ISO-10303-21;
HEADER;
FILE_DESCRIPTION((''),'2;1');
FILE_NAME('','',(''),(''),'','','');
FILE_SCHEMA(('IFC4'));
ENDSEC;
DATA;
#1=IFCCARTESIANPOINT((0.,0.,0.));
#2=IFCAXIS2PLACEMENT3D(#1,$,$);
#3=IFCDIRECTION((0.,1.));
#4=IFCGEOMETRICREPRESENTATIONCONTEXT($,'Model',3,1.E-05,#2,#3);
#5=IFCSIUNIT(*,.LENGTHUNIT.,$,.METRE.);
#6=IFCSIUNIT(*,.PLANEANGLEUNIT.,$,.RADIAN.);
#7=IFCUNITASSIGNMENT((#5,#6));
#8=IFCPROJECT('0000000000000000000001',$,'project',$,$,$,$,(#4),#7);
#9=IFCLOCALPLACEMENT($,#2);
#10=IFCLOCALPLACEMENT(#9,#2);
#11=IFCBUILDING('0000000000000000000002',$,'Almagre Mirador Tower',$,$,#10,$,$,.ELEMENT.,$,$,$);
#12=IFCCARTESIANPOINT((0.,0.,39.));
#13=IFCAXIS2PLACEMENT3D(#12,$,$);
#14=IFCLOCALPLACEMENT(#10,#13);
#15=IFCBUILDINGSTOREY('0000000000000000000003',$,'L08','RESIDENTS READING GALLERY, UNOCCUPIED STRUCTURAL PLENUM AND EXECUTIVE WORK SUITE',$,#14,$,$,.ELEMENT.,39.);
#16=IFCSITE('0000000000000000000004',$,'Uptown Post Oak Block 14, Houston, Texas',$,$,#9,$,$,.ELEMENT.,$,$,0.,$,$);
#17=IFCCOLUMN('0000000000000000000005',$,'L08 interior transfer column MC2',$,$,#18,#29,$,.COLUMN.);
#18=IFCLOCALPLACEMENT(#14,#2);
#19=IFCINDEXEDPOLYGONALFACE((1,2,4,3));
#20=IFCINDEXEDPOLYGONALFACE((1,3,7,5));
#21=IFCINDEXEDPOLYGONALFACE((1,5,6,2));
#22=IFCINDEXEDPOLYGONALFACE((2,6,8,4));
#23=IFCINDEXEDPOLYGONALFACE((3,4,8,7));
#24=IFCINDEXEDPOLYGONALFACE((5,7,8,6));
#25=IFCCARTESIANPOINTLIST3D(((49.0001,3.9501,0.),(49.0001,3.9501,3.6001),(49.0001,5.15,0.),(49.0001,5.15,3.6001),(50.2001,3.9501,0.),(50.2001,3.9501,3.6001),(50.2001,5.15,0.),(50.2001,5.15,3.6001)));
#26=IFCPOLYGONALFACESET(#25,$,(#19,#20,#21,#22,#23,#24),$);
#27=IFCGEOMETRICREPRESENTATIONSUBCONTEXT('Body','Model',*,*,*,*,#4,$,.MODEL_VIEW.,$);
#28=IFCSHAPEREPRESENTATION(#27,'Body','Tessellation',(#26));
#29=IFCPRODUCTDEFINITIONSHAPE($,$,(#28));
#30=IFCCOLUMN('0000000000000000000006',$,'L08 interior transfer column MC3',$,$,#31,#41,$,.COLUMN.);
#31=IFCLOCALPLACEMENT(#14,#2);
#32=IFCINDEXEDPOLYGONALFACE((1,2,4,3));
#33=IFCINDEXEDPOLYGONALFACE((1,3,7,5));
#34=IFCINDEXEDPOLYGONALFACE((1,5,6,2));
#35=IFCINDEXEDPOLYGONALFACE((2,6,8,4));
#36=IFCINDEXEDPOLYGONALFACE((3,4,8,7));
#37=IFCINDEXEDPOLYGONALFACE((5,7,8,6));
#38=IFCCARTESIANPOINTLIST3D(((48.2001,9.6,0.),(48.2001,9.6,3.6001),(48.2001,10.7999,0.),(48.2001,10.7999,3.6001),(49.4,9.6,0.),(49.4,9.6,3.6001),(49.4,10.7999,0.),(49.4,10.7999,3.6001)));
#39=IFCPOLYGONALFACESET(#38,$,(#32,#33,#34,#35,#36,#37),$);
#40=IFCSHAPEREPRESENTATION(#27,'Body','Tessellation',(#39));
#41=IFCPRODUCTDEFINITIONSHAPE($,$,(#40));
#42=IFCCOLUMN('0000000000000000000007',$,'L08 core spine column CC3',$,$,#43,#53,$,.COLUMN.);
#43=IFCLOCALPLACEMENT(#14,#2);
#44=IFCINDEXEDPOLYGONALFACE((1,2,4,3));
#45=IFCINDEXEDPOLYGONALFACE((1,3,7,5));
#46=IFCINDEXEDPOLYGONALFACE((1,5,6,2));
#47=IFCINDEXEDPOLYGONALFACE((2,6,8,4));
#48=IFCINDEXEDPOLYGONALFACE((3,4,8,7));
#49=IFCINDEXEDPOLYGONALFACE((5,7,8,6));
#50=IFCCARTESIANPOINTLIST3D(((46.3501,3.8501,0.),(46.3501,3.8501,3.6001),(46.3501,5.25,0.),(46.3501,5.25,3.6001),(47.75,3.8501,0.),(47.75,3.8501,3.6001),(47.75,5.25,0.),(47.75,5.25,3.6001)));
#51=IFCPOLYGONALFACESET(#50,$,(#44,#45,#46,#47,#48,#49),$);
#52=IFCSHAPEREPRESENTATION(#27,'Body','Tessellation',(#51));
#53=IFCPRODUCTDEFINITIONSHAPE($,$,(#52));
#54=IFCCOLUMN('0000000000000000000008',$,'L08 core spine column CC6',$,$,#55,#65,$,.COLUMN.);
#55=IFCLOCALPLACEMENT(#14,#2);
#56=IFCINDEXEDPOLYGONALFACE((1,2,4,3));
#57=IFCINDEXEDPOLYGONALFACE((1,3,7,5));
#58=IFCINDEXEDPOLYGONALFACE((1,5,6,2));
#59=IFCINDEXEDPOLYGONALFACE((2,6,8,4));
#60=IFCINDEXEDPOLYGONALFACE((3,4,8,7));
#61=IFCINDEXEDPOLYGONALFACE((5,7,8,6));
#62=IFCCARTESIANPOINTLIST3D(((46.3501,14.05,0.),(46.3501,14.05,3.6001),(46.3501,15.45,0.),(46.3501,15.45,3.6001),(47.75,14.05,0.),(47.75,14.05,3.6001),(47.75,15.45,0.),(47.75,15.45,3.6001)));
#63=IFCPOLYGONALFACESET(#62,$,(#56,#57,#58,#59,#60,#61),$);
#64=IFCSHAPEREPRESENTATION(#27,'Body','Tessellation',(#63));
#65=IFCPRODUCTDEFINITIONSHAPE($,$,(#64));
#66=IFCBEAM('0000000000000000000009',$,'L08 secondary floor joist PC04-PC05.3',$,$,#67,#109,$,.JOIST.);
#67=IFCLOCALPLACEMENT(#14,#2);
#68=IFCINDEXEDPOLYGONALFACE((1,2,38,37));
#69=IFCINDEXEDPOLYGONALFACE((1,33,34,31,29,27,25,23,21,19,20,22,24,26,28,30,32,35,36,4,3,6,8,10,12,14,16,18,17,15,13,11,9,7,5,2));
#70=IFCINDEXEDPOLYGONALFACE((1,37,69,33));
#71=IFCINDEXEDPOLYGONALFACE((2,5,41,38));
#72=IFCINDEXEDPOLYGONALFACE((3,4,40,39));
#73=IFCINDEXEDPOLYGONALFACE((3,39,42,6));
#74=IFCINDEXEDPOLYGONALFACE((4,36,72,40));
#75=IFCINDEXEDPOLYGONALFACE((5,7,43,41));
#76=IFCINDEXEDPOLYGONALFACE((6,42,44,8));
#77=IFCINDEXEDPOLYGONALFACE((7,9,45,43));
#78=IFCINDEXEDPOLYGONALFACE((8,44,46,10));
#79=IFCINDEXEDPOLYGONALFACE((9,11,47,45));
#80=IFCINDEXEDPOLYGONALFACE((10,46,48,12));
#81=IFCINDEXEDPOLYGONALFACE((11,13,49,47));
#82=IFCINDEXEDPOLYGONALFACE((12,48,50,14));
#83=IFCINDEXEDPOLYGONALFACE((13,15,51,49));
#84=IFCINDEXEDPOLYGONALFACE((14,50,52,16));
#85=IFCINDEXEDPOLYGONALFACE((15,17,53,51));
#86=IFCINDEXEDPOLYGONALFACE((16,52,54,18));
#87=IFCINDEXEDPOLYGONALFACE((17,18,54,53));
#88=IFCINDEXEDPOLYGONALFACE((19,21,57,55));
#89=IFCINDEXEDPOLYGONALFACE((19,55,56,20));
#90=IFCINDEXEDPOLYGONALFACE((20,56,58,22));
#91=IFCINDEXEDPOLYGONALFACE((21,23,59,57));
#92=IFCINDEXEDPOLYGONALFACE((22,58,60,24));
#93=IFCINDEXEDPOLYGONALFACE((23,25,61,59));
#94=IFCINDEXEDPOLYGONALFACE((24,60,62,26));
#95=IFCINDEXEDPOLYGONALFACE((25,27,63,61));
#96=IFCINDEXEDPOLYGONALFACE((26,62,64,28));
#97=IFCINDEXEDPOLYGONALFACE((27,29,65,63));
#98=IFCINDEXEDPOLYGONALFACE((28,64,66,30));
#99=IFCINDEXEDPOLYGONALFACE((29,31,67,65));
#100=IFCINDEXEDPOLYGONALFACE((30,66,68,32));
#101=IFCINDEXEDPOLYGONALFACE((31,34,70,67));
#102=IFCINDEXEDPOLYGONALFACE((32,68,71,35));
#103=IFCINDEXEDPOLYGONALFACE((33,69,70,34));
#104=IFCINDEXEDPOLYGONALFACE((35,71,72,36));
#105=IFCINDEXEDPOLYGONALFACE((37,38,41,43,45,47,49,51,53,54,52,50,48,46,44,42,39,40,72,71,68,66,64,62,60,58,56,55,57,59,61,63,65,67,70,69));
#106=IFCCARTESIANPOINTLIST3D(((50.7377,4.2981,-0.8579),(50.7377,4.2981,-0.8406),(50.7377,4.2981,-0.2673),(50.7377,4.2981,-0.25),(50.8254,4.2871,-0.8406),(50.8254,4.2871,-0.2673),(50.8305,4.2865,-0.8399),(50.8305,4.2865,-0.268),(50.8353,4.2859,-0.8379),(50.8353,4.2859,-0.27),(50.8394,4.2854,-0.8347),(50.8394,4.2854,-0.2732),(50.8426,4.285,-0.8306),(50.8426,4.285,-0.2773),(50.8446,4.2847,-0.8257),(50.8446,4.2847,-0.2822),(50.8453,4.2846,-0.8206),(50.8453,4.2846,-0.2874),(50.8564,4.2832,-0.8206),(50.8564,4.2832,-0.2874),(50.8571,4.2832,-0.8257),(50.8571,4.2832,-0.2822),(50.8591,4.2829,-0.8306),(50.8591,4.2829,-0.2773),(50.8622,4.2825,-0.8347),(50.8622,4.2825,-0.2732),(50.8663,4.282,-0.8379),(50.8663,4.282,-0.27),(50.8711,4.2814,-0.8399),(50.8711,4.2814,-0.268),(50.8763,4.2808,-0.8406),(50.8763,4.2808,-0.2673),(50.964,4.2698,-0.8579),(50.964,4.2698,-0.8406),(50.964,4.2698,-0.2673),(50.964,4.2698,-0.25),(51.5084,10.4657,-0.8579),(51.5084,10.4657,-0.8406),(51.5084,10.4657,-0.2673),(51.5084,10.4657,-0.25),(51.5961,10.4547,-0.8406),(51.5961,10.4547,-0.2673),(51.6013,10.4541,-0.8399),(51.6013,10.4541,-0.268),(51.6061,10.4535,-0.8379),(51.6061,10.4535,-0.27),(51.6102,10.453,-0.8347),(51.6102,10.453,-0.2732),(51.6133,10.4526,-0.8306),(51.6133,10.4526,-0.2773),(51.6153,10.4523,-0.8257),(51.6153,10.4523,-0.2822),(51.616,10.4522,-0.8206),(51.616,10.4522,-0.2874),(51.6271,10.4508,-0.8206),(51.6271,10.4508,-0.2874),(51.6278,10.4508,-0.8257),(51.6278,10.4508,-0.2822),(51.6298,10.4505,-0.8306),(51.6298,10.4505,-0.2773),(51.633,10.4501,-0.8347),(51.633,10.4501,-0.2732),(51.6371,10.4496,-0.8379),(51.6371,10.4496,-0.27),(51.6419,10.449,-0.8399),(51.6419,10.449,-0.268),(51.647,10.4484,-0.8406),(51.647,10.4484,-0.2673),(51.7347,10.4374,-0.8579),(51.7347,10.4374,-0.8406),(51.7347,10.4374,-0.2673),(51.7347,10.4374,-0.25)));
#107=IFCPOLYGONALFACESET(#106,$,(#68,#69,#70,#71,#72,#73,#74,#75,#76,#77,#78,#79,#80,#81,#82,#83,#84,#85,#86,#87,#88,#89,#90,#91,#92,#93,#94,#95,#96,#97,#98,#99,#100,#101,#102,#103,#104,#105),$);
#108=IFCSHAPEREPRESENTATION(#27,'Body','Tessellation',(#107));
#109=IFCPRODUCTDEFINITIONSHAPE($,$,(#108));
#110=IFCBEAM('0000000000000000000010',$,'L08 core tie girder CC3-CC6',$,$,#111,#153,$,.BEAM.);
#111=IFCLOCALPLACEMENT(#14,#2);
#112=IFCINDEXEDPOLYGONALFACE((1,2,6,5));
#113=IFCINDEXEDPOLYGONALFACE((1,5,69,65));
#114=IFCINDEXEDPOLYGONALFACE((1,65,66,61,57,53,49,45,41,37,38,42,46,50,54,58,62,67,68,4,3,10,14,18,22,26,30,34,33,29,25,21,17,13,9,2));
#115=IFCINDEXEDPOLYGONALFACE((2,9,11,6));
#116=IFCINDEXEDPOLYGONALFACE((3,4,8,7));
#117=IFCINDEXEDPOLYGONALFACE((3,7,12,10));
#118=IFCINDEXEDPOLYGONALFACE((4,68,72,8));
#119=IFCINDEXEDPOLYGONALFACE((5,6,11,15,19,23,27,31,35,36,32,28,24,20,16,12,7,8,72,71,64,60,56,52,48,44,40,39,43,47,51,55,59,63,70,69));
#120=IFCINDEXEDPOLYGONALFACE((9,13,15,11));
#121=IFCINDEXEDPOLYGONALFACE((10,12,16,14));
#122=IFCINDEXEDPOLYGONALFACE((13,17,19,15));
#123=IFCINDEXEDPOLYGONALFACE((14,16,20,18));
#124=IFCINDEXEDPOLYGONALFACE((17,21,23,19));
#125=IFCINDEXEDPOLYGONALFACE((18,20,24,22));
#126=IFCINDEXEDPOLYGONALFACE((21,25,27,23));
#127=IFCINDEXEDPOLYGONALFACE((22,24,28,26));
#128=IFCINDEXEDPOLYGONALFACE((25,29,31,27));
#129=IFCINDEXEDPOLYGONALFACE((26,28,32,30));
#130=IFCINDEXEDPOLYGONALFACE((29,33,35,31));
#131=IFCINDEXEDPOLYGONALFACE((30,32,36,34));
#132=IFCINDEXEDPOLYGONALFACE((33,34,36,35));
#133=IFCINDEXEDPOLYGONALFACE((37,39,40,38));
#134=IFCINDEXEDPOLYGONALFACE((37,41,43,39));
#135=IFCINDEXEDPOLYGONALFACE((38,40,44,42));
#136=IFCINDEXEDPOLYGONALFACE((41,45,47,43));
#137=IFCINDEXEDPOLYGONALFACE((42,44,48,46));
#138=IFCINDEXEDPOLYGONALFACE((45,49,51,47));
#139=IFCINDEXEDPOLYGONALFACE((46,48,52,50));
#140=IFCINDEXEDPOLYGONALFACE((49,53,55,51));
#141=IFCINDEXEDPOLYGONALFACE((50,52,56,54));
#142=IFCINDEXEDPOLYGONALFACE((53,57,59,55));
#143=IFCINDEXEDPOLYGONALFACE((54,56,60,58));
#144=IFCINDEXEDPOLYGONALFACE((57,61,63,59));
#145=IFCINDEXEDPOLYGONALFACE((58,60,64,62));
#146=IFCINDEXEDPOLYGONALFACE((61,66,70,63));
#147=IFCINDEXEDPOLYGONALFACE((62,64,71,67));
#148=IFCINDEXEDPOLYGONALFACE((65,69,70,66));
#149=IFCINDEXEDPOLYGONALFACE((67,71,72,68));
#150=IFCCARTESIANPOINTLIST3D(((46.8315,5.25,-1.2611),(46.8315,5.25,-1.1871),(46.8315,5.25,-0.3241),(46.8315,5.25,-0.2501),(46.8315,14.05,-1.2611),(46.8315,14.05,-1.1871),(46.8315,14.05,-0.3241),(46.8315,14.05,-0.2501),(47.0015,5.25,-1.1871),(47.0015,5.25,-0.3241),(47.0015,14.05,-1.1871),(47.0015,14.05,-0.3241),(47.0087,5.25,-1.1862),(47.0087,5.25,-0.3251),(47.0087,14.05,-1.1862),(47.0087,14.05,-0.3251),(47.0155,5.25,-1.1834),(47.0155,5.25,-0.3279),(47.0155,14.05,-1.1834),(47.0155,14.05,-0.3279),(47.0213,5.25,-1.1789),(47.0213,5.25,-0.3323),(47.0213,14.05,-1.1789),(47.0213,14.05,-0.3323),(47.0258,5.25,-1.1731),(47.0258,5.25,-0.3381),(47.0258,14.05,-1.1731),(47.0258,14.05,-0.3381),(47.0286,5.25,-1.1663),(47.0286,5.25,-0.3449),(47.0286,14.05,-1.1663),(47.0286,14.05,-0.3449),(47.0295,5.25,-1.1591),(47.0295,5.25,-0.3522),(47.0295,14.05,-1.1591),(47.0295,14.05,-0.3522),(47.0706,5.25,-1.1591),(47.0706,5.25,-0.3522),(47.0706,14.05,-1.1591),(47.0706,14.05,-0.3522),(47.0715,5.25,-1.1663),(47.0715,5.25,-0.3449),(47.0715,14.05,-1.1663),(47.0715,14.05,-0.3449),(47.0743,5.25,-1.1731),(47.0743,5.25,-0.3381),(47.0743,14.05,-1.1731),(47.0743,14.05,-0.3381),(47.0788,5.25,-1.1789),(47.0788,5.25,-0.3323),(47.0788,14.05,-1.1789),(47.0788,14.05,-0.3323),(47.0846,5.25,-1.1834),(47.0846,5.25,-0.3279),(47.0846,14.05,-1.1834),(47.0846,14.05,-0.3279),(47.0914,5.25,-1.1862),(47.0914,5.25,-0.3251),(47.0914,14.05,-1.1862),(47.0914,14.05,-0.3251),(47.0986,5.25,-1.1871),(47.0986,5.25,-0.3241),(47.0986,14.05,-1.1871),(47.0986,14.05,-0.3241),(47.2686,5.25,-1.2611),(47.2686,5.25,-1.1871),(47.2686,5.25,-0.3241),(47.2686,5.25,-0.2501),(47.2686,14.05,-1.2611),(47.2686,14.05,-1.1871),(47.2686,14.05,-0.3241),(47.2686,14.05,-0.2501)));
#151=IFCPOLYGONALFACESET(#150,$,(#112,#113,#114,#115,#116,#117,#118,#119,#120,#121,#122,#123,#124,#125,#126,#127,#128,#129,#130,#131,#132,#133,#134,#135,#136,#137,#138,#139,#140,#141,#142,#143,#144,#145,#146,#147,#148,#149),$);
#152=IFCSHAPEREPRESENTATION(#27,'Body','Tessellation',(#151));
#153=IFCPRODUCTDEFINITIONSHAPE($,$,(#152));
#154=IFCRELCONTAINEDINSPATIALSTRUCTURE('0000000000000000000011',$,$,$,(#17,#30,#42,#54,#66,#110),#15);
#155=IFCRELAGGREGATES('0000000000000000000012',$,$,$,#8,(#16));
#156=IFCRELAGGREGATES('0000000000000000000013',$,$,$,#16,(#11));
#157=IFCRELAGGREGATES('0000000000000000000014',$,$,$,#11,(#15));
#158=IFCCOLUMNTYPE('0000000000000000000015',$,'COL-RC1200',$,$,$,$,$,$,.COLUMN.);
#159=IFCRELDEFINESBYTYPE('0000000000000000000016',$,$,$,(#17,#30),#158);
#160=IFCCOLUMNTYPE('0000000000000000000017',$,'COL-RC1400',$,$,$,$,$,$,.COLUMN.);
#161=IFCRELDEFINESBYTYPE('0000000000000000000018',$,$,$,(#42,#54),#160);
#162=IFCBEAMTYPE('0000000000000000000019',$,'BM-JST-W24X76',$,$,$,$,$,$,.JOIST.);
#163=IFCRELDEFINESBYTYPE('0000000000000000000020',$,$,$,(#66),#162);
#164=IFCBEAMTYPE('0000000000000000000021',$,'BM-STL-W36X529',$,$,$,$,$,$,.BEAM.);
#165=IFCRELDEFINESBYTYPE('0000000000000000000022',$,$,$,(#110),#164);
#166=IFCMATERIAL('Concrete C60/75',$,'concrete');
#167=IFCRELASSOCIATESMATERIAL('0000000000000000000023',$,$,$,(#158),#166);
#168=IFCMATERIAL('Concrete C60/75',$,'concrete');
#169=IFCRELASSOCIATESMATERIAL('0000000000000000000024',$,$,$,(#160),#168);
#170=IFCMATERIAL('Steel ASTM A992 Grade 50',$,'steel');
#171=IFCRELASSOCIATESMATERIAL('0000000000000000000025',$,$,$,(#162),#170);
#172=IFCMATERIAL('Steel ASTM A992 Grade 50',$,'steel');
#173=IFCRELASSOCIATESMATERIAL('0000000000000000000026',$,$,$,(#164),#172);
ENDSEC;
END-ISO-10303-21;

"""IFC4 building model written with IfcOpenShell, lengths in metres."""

from ifc_helpers import new_model, si_unit, direction, frame, origin, origin_2d, place, context, subcontext, project, spatial, rectangle, i_section, extrude, material, material_profile, profile_set, type_object, element, save


model = new_model("IFC4")

# Units and contexts
model_context = context("Model", 3, precision=1e-05, world=origin(), true_north=direction((0.0, 1.0)))
body_context = subcontext(model_context, "Body", "Model", "MODEL_VIEW")
ifc_project = project(units=[si_unit("LENGTHUNIT", "METRE"), si_unit("PLANEANGLEUNIT", "RADIAN")], contexts=[model_context])

# Site, building, storey
site_placement = place(None, origin())
site = spatial("IfcSite", under=ifc_project, at=site_placement, Name="Uptown Post Oak Block 14, Houston, Texas", CompositionType="ELEMENT", RefElevation=0.0)
building_placement = place(site_placement, origin())
building = spatial("IfcBuilding", under=site, at=building_placement, Name="Almagre Mirador Tower", CompositionType="ELEMENT")
storey_placement = place(building_placement, frame((0.0, 0.0, 39.0)))
storey = spatial("IfcBuildingStorey", under=building, at=storey_placement, Name="L08", Description="RESIDENTS READING GALLERY, UNOCCUPIED STRUCTURAL PLENUM AND EXECUTIVE WORK SUITE", CompositionType="ELEMENT", Elevation=39.0)

# Columns
ifc_material_1 = material(Name="Concrete C60/75", Category="concrete")
ifc_material_profile_1 = material_profile(ifc_material_1, rectangle(XDim=1.2, YDim=1.2, at=origin_2d()), Name="RC1200X1200")
ifc_profile_set_1 = profile_set([ifc_material_profile_1], Name="Concrete C60/75")
column_type_1 = type_object("IfcColumnType", Name="COL-RC1200", PredefinedType="COLUMN", material=ifc_profile_set_1)
for number, where, z_axis, x_axis, name in (
    (1, (49.6001, 4.55, 0.0), (0.0, 0.0, 1.0), (1.0, 0.0, 0.0), "L08 interior transfer column MC2"),
    (2, (48.8, 10.2, 0.0), (0.0, 0.0, 1.0), (1.0, 0.0, 0.0), "L08 interior transfer column MC3"),
):
    element("IfcColumn", number, at=place(storey_placement, frame(where, z_axis=z_axis, x_axis=x_axis)), inside=storey, type_object=column_type_1, Name=name, PredefinedType="COLUMN", context=body_context, shape_type="SweptSolid", body=[
        extrude(rectangle(XDim=1.2, YDim=1.2, at=origin_2d()), origin(), (0.0, 0.0, 1.0), 3.6001),
    ])
ifc_material_2 = material(Name="Concrete C60/75", Category="concrete")
ifc_material_profile_2 = material_profile(ifc_material_2, rectangle(XDim=1.3999, YDim=1.3999, at=origin_2d()), Name="RC1400X1400")
ifc_profile_set_2 = profile_set([ifc_material_profile_2], Name="Concrete C60/75")
column_type_2 = type_object("IfcColumnType", Name="COL-RC1400", PredefinedType="COLUMN", material=ifc_profile_set_2)
for number, where, z_axis, x_axis, name in (
    (3, (47.05, 4.55, 0.0), (0.0, 0.0, 1.0), (1.0, 0.0, 0.0), "L08 core spine column CC3"),
    (4, (47.05, 14.75, 0.0), (0.0, 0.0, 1.0), (1.0, 0.0, 0.0), "L08 core spine column CC6"),
):
    element("IfcColumn", number, at=place(storey_placement, frame(where, z_axis=z_axis, x_axis=x_axis)), inside=storey, type_object=column_type_2, Name=name, PredefinedType="COLUMN", context=body_context, shape_type="SweptSolid", body=[
        extrude(rectangle(XDim=1.3999, YDim=1.3999, at=origin_2d()), origin(), (0.0, 0.0, 1.0), 3.6001),
    ])

# Beams
ifc_material_3 = material(Name="Steel ASTM A992 Grade 50", Category="steel")
ifc_material_profile_3 = material_profile(ifc_material_3, i_section(OverallWidth=0.228, OverallDepth=0.6079, WebThickness=0.0112, FlangeThickness=0.0173, FilletRadius=0.02, at=origin_2d()), Name="W24X76")
ifc_profile_set_3 = profile_set([ifc_material_profile_3], Name="Steel ASTM A992 Grade 50")
beam_type_1 = type_object("IfcBeamType", Name="BM-JST-W24X76", PredefinedType="JOIST", material=ifc_profile_set_3)
beam_1_placement = place(storey_placement, frame((50.8508, 4.2839, -0.554), z_axis=(0.124001, 0.992282, 0.0), x_axis=(-0.992282, 0.124001, 0.0)))
element("IfcBeam", 5, at=beam_1_placement, inside=storey, type_object=beam_type_1, Name="L08 secondary floor joist PC04-PC05.3", PredefinedType="JOIST", context=body_context, shape_type="SweptSolid", body=[
    extrude(i_section(OverallWidth=0.228, OverallDepth=0.6079, WebThickness=0.0112, FlangeThickness=0.0173, FilletRadius=0.02, at=origin_2d()), origin(), (0.0, 0.0, 1.0), 6.2156),
])
ifc_material_4 = material(Name="Steel ASTM A992 Grade 50", Category="steel")
ifc_material_profile_4 = material_profile(ifc_material_4, i_section(OverallWidth=0.437, OverallDepth=1.011, WebThickness=0.041, FlangeThickness=0.074, FilletRadius=0.0281, at=origin_2d()), Name="W36X529")
ifc_profile_set_4 = profile_set([ifc_material_profile_4], Name="Steel ASTM A992 Grade 50")
beam_type_2 = type_object("IfcBeamType", Name="BM-STL-W36X529", PredefinedType="BEAM", material=ifc_profile_set_4)
beam_2_placement = place(storey_placement, frame((47.05, 5.25, -0.7556), z_axis=(0.0, 1.0, 0.0), x_axis=(-1.0, 0.0, 0.0)))
element("IfcBeam", 6, at=beam_2_placement, inside=storey, type_object=beam_type_2, Name="L08 core tie girder CC3-CC6", PredefinedType="BEAM", context=body_context, shape_type="SweptSolid", body=[
    extrude(i_section(OverallWidth=0.437, OverallDepth=1.011, WebThickness=0.041, FlangeThickness=0.074, FilletRadius=0.0281, at=origin_2d()), origin(), (0.0, 0.0, 1.0), 8.8),
])

save(model, "model.ifc")
